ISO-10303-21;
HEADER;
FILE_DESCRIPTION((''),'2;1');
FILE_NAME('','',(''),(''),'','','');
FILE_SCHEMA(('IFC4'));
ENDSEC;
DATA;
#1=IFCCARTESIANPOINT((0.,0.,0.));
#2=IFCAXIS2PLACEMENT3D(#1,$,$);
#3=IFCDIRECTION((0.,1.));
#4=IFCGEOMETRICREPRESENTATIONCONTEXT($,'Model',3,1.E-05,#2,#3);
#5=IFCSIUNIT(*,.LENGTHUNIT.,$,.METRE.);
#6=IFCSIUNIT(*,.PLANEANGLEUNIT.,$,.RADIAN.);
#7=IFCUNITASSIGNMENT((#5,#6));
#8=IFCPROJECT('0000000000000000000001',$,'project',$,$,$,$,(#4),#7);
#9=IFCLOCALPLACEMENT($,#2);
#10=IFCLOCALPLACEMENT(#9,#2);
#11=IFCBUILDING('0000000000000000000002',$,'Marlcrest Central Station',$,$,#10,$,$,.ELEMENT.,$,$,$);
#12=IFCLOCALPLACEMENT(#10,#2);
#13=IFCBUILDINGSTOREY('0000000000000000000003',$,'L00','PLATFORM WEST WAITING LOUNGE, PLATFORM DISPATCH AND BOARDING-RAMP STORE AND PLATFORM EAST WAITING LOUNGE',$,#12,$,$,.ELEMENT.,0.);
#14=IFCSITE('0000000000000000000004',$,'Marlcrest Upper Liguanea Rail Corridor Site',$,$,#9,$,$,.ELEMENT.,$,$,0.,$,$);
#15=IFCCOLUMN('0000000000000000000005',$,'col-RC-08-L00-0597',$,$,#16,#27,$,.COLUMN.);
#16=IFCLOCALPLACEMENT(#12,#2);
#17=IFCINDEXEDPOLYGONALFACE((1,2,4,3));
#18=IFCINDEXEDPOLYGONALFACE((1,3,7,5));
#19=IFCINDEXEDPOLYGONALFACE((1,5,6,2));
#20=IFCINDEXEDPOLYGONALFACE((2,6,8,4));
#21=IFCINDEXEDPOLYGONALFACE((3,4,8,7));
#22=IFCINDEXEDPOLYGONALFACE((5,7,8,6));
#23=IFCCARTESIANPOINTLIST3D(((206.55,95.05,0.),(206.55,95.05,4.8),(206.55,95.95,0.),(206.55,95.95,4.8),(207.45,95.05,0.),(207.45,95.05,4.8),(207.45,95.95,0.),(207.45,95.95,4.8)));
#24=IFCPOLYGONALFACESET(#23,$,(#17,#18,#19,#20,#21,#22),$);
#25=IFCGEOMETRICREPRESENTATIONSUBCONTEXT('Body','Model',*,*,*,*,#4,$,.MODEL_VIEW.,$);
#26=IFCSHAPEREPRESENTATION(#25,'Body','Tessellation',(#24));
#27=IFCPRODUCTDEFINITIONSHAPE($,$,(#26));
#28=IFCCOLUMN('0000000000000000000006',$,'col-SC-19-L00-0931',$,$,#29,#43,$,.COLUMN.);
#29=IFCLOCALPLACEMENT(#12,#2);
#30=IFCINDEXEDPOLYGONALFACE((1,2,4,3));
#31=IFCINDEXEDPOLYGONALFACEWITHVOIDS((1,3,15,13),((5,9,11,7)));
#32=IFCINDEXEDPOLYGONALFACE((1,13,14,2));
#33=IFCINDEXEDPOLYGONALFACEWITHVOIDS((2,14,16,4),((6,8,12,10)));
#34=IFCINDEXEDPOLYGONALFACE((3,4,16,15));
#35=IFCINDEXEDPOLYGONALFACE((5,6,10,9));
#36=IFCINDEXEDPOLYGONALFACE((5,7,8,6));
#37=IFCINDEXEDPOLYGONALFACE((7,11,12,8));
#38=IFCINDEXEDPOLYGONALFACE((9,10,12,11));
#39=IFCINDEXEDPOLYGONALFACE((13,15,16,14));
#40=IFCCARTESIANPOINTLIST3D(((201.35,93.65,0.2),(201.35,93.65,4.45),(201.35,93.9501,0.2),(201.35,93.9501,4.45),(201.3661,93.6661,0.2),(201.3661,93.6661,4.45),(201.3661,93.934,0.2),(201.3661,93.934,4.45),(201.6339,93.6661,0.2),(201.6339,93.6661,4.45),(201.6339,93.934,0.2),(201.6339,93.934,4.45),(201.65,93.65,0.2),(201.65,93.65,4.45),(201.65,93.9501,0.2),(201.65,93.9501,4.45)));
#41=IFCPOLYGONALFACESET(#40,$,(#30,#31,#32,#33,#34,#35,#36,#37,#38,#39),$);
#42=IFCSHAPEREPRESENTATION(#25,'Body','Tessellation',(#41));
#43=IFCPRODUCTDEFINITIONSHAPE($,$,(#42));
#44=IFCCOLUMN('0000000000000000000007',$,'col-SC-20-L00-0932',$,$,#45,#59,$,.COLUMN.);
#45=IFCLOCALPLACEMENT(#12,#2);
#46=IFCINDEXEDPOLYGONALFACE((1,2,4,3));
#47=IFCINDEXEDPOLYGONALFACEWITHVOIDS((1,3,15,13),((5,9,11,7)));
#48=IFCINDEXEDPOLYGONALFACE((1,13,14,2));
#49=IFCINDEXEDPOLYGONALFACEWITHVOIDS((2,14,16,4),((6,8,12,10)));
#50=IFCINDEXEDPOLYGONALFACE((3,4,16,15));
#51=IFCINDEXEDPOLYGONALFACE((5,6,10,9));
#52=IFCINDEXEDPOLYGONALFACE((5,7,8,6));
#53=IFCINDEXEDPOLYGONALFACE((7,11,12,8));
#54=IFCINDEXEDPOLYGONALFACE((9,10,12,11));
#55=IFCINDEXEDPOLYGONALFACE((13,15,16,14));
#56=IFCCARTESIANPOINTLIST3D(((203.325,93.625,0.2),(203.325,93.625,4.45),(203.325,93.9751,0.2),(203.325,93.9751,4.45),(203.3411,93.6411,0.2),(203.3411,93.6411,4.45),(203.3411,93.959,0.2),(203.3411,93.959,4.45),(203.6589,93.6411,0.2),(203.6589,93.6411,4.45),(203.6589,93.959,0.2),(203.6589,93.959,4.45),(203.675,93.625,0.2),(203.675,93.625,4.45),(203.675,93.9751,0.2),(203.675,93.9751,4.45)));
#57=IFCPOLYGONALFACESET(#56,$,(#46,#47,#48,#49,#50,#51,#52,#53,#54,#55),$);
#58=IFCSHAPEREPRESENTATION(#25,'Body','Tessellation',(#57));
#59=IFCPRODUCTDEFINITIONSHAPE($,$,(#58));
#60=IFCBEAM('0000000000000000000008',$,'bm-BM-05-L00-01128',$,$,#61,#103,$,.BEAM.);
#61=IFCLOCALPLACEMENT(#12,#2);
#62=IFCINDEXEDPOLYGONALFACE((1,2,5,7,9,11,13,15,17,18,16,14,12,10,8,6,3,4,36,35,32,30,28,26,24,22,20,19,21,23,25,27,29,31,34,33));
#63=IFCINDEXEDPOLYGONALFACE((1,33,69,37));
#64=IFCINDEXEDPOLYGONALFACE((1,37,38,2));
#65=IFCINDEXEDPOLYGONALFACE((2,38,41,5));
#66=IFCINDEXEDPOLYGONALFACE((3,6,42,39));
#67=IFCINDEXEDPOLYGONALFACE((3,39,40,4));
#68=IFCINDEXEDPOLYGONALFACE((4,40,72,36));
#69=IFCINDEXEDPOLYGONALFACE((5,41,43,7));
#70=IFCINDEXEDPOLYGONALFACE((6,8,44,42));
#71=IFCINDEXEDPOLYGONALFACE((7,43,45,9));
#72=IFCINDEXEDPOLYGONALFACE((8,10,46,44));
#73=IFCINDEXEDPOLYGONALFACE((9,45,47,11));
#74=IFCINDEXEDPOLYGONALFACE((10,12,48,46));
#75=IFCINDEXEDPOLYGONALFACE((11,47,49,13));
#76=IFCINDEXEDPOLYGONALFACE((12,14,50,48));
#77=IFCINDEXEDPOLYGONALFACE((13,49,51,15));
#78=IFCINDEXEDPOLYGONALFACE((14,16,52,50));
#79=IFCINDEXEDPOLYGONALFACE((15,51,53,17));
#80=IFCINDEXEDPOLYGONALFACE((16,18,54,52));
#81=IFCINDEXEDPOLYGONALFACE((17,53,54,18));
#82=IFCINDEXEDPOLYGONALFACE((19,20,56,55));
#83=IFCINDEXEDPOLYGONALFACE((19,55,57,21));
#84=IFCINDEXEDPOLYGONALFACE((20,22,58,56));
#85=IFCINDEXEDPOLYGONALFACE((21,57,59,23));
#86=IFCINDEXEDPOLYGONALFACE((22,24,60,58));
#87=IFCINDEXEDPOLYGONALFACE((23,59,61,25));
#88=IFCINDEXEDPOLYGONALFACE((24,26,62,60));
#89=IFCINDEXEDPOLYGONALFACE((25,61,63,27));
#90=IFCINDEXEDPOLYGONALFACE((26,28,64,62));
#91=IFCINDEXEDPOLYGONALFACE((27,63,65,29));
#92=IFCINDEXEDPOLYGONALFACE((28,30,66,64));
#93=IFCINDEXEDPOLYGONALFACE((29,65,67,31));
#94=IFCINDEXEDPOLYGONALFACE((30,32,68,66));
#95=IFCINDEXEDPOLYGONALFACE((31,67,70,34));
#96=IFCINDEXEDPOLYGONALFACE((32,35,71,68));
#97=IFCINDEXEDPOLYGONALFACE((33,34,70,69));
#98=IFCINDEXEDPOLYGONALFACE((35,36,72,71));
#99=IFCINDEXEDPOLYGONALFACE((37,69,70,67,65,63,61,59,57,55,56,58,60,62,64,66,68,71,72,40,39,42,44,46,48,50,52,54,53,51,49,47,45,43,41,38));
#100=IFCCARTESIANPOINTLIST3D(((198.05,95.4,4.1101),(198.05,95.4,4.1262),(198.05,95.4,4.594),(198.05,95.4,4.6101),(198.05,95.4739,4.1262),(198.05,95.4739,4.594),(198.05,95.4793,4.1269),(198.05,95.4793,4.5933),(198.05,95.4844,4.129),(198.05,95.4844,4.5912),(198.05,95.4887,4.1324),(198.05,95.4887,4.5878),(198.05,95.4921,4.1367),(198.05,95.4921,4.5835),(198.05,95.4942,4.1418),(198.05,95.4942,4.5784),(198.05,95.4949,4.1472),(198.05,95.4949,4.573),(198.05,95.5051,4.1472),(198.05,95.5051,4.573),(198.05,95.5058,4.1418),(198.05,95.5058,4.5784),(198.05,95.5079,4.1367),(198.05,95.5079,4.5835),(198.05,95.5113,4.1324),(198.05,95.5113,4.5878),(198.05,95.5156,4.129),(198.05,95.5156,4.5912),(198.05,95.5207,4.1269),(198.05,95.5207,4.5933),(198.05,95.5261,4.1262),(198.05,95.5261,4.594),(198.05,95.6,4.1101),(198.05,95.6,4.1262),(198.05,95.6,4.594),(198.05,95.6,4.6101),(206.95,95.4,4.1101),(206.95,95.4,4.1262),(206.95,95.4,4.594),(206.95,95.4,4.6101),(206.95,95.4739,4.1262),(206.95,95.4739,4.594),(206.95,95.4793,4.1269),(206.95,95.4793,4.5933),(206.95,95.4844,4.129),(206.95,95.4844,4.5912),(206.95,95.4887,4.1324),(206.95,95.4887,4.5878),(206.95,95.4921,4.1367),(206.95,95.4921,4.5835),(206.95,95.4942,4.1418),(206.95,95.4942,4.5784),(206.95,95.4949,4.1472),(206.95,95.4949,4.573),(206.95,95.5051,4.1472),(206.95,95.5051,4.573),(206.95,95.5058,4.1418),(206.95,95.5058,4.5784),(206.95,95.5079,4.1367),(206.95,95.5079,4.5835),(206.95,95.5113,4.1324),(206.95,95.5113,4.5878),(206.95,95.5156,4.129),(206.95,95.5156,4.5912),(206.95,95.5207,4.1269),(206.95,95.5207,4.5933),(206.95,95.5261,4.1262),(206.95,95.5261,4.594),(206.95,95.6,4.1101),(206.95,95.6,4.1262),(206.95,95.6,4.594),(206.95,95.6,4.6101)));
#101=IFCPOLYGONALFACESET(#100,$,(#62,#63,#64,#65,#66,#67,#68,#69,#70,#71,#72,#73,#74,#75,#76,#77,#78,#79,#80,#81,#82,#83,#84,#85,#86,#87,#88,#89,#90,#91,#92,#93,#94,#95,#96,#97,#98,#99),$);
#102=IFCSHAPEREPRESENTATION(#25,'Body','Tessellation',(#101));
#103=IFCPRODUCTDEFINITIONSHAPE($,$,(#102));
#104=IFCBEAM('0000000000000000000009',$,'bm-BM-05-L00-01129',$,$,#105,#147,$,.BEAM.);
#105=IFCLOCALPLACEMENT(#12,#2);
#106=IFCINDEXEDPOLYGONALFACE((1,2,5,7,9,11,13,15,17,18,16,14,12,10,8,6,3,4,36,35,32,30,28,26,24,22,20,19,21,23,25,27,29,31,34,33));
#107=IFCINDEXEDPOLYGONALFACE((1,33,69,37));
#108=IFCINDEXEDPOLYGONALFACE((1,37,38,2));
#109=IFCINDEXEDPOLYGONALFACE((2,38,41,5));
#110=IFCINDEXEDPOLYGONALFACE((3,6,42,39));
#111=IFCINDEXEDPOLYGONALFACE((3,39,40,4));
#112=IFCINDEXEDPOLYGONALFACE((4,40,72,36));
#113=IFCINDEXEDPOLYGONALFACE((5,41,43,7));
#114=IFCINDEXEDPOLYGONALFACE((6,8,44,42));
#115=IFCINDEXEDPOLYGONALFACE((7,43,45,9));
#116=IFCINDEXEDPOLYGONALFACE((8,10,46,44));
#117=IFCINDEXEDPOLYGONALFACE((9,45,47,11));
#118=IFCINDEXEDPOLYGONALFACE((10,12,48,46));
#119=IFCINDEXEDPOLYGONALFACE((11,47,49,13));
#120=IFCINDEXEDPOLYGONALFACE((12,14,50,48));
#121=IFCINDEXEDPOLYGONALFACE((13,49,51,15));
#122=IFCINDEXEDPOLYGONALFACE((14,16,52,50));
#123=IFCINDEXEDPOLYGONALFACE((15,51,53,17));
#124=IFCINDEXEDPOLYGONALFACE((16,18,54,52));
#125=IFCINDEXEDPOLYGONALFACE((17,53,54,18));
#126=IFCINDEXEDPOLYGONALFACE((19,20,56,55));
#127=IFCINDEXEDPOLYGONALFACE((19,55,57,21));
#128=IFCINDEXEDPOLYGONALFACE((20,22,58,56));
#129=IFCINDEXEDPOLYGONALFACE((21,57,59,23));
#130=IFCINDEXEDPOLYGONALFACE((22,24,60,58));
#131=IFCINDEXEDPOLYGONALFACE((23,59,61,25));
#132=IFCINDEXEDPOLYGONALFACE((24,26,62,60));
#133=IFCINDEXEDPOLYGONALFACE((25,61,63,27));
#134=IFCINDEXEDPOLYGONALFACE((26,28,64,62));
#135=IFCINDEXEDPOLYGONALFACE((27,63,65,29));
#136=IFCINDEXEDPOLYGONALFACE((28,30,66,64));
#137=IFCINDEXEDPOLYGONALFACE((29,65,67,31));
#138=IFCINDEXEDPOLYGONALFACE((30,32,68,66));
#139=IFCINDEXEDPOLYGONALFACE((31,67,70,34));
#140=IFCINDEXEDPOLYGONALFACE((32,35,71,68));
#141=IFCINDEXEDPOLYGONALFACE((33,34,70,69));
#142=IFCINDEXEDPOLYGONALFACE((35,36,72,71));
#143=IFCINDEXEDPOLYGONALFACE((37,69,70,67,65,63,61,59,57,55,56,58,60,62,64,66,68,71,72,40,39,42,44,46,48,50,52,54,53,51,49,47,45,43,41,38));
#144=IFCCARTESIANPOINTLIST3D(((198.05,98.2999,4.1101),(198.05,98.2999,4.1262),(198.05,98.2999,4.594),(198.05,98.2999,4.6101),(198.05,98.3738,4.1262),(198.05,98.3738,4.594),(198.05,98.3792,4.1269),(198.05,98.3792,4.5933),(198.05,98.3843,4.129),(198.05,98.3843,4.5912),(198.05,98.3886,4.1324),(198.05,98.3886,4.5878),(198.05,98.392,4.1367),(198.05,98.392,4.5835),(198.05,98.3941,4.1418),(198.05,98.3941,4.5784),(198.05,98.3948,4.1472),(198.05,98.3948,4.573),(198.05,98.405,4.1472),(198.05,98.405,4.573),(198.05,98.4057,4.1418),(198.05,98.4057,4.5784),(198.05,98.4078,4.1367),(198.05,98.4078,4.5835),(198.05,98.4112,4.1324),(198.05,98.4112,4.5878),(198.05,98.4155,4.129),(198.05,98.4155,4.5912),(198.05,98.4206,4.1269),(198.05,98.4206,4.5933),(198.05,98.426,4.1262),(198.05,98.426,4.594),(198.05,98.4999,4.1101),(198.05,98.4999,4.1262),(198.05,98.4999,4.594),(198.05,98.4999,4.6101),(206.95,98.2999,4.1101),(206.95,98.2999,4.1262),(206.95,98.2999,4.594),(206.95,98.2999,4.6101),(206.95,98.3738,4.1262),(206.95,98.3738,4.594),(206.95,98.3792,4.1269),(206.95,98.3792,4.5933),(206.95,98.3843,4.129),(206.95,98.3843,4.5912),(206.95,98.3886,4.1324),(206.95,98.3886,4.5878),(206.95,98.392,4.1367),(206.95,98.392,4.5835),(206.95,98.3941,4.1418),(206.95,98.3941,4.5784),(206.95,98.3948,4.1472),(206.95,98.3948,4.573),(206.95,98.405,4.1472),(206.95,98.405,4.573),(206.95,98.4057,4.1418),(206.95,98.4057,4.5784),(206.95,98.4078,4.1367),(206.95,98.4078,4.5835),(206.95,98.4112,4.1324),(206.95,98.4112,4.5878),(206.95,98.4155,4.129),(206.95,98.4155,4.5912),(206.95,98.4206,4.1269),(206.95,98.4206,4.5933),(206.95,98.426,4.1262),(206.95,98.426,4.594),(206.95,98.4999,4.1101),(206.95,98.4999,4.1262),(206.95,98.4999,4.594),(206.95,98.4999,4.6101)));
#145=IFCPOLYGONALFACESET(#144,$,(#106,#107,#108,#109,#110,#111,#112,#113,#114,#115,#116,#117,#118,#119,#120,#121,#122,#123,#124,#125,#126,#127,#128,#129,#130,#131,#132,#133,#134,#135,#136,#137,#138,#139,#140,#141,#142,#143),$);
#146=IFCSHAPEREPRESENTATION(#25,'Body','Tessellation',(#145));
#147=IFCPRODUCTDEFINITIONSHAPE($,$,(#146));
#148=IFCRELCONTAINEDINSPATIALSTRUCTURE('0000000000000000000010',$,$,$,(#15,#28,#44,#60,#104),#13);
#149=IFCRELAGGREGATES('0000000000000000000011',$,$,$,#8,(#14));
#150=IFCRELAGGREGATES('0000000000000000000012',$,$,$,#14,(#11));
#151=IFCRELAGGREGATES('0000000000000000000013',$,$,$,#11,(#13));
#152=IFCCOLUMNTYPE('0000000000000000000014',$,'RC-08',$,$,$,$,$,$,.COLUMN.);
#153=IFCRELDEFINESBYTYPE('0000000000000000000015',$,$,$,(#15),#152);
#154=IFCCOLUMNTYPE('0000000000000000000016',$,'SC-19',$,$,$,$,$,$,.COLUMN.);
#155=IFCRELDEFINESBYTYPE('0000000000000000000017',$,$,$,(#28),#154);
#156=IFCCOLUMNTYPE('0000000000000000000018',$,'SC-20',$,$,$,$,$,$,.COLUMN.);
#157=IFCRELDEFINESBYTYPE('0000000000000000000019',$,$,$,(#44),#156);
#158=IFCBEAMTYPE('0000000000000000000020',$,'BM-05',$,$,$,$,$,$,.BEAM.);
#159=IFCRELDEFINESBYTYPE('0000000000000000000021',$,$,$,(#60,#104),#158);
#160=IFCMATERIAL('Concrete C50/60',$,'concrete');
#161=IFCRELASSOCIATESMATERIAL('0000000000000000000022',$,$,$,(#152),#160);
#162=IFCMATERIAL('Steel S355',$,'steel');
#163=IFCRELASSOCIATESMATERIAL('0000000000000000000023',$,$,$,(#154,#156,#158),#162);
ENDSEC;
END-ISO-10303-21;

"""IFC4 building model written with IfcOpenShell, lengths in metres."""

from ifc_helpers import new_model, si_unit, direction, frame, origin, origin_2d, place, context, subcontext, project, spatial, rectangle, hollow_rectangle, i_section, extrude, material, material_profile, profile_set, type_object, element, save


model = new_model("IFC4")

# Units and contexts
model_context = context("Model", 3, precision=1e-05, world=origin(), true_north=direction((0.0, 1.0)))
body_context = subcontext(model_context, "Body", "Model", "MODEL_VIEW")
ifc_project = project(units=[si_unit("LENGTHUNIT", "METRE"), si_unit("PLANEANGLEUNIT", "RADIAN")], contexts=[model_context])

# Site, building, storey
site_placement = place(None, origin())
site = spatial("IfcSite", under=ifc_project, at=site_placement, Name="Marlcrest Upper Liguanea Rail Corridor Site", CompositionType="ELEMENT", RefElevation=0.0)
building_placement = place(site_placement, origin())
building = spatial("IfcBuilding", under=site, at=building_placement, Name="Marlcrest Central Station", CompositionType="ELEMENT")
storey_placement = place(building_placement, origin())
storey = spatial("IfcBuildingStorey", under=building, at=storey_placement, Name="L00", Description="PLATFORM WEST WAITING LOUNGE, PLATFORM DISPATCH AND BOARDING-RAMP STORE AND PLATFORM EAST WAITING LOUNGE", CompositionType="ELEMENT", Elevation=0.0)

# Columns
ifc_material_1 = material(Name="Concrete C50/60", Category="concrete")
ifc_material_profile_1 = material_profile(ifc_material_1, rectangle(XDim=0.8999, YDim=0.8999, at=origin_2d()), Name="RC 900x900")
ifc_profile_set_1 = profile_set([ifc_material_profile_1], Name="Concrete C50/60")
column_type_1 = type_object("IfcColumnType", Name="RC-08", PredefinedType="COLUMN", material=ifc_profile_set_1)
for number, where, z_axis, x_axis, name in (
    (1, (207.0, 95.5, 0.0), (0.0, 0.0, 1.0), (1.0, 0.0, 0.0), "col-RC-08-L00-0597"),
):
    element("IfcColumn", number, at=place(storey_placement, frame(where, z_axis=z_axis, x_axis=x_axis)), inside=storey, type_object=column_type_1, Name=name, PredefinedType="COLUMN", context=body_context, shape_type="SweptSolid", body=[
        extrude(rectangle(XDim=0.8999, YDim=0.8999, at=origin_2d()), origin(), (0.0, 0.0, 1.0), 4.8),
    ])
ifc_material_2 = material(Name="Steel S355", Category="steel")
ifc_material_profile_2 = material_profile(ifc_material_2, hollow_rectangle(XDim=0.3, YDim=0.3, WallThickness=0.0161, at=origin_2d()), Name="SHS 300x300x16")
ifc_profile_set_2 = profile_set([ifc_material_profile_2], Name="Steel S355")
column_type_2 = type_object("IfcColumnType", Name="SC-19", PredefinedType="COLUMN", material=ifc_profile_set_2)
column_1_placement = place(storey_placement, frame((201.5, 93.8, 0.2), z_axis=(0.0, 0.0, 1.0), x_axis=(1.0, 0.0, 0.0)))
element("IfcColumn", 2, at=column_1_placement, inside=storey, type_object=column_type_2, Name="col-SC-19-L00-0931", PredefinedType="COLUMN", context=body_context, shape_type="SweptSolid", body=[
    extrude(hollow_rectangle(XDim=0.3, YDim=0.3, WallThickness=0.0161, at=origin_2d()), origin(), (0.0, 0.0, 1.0), 4.25),
])
ifc_material_profile_3 = material_profile(ifc_material_2, hollow_rectangle(XDim=0.3501, YDim=0.3501, WallThickness=0.0161, at=origin_2d()), Name="SHS 350x350x16")
ifc_profile_set_3 = profile_set([ifc_material_profile_3], Name="Steel S355")
column_type_3 = type_object("IfcColumnType", Name="SC-20", PredefinedType="COLUMN", material=ifc_profile_set_3)
column_2_placement = place(storey_placement, frame((203.5, 93.8, 0.2), z_axis=(0.0, 0.0, 1.0), x_axis=(1.0, 0.0, 0.0)))
element("IfcColumn", 3, at=column_2_placement, inside=storey, type_object=column_type_3, Name="col-SC-20-L00-0932", PredefinedType="COLUMN", context=body_context, shape_type="SweptSolid", body=[
    extrude(hollow_rectangle(XDim=0.3501, YDim=0.3501, WallThickness=0.0161, at=origin_2d()), origin(), (0.0, 0.0, 1.0), 4.25),
])

# Beams
ifc_material_profile_4 = material_profile(ifc_material_2, i_section(OverallWidth=0.2, OverallDepth=0.5, WebThickness=0.0103, FlangeThickness=0.0161, FilletRadius=0.021, at=origin_2d()), Name="IPE 500")
ifc_profile_set_4 = profile_set([ifc_material_profile_4], Name="Steel S355")
beam_type_1 = type_object("IfcBeamType", Name="BM-05", PredefinedType="BEAM", material=ifc_profile_set_4)
for number, where, z_axis, x_axis, name in (
    (4, (198.05, 95.5, 4.3601), (1.0, 0.0, 0.0), (0.0, 1.0, 0.0), "bm-BM-05-L00-01128"),
    (5, (198.05, 98.3999, 4.3601), (1.0, 0.0, 0.0), (0.0, 1.0, 0.0), "bm-BM-05-L00-01129"),
):
    element("IfcBeam", number, at=place(storey_placement, frame(where, z_axis=z_axis, x_axis=x_axis)), inside=storey, type_object=beam_type_1, Name=name, PredefinedType="BEAM", context=body_context, shape_type="SweptSolid", body=[
        extrude(i_section(OverallWidth=0.2, OverallDepth=0.5, WebThickness=0.0103, FlangeThickness=0.0161, FilletRadius=0.021, at=origin_2d()), origin(), (0.0, 0.0, 1.0), 8.8999),
    ])

save(model, "model.ifc")
